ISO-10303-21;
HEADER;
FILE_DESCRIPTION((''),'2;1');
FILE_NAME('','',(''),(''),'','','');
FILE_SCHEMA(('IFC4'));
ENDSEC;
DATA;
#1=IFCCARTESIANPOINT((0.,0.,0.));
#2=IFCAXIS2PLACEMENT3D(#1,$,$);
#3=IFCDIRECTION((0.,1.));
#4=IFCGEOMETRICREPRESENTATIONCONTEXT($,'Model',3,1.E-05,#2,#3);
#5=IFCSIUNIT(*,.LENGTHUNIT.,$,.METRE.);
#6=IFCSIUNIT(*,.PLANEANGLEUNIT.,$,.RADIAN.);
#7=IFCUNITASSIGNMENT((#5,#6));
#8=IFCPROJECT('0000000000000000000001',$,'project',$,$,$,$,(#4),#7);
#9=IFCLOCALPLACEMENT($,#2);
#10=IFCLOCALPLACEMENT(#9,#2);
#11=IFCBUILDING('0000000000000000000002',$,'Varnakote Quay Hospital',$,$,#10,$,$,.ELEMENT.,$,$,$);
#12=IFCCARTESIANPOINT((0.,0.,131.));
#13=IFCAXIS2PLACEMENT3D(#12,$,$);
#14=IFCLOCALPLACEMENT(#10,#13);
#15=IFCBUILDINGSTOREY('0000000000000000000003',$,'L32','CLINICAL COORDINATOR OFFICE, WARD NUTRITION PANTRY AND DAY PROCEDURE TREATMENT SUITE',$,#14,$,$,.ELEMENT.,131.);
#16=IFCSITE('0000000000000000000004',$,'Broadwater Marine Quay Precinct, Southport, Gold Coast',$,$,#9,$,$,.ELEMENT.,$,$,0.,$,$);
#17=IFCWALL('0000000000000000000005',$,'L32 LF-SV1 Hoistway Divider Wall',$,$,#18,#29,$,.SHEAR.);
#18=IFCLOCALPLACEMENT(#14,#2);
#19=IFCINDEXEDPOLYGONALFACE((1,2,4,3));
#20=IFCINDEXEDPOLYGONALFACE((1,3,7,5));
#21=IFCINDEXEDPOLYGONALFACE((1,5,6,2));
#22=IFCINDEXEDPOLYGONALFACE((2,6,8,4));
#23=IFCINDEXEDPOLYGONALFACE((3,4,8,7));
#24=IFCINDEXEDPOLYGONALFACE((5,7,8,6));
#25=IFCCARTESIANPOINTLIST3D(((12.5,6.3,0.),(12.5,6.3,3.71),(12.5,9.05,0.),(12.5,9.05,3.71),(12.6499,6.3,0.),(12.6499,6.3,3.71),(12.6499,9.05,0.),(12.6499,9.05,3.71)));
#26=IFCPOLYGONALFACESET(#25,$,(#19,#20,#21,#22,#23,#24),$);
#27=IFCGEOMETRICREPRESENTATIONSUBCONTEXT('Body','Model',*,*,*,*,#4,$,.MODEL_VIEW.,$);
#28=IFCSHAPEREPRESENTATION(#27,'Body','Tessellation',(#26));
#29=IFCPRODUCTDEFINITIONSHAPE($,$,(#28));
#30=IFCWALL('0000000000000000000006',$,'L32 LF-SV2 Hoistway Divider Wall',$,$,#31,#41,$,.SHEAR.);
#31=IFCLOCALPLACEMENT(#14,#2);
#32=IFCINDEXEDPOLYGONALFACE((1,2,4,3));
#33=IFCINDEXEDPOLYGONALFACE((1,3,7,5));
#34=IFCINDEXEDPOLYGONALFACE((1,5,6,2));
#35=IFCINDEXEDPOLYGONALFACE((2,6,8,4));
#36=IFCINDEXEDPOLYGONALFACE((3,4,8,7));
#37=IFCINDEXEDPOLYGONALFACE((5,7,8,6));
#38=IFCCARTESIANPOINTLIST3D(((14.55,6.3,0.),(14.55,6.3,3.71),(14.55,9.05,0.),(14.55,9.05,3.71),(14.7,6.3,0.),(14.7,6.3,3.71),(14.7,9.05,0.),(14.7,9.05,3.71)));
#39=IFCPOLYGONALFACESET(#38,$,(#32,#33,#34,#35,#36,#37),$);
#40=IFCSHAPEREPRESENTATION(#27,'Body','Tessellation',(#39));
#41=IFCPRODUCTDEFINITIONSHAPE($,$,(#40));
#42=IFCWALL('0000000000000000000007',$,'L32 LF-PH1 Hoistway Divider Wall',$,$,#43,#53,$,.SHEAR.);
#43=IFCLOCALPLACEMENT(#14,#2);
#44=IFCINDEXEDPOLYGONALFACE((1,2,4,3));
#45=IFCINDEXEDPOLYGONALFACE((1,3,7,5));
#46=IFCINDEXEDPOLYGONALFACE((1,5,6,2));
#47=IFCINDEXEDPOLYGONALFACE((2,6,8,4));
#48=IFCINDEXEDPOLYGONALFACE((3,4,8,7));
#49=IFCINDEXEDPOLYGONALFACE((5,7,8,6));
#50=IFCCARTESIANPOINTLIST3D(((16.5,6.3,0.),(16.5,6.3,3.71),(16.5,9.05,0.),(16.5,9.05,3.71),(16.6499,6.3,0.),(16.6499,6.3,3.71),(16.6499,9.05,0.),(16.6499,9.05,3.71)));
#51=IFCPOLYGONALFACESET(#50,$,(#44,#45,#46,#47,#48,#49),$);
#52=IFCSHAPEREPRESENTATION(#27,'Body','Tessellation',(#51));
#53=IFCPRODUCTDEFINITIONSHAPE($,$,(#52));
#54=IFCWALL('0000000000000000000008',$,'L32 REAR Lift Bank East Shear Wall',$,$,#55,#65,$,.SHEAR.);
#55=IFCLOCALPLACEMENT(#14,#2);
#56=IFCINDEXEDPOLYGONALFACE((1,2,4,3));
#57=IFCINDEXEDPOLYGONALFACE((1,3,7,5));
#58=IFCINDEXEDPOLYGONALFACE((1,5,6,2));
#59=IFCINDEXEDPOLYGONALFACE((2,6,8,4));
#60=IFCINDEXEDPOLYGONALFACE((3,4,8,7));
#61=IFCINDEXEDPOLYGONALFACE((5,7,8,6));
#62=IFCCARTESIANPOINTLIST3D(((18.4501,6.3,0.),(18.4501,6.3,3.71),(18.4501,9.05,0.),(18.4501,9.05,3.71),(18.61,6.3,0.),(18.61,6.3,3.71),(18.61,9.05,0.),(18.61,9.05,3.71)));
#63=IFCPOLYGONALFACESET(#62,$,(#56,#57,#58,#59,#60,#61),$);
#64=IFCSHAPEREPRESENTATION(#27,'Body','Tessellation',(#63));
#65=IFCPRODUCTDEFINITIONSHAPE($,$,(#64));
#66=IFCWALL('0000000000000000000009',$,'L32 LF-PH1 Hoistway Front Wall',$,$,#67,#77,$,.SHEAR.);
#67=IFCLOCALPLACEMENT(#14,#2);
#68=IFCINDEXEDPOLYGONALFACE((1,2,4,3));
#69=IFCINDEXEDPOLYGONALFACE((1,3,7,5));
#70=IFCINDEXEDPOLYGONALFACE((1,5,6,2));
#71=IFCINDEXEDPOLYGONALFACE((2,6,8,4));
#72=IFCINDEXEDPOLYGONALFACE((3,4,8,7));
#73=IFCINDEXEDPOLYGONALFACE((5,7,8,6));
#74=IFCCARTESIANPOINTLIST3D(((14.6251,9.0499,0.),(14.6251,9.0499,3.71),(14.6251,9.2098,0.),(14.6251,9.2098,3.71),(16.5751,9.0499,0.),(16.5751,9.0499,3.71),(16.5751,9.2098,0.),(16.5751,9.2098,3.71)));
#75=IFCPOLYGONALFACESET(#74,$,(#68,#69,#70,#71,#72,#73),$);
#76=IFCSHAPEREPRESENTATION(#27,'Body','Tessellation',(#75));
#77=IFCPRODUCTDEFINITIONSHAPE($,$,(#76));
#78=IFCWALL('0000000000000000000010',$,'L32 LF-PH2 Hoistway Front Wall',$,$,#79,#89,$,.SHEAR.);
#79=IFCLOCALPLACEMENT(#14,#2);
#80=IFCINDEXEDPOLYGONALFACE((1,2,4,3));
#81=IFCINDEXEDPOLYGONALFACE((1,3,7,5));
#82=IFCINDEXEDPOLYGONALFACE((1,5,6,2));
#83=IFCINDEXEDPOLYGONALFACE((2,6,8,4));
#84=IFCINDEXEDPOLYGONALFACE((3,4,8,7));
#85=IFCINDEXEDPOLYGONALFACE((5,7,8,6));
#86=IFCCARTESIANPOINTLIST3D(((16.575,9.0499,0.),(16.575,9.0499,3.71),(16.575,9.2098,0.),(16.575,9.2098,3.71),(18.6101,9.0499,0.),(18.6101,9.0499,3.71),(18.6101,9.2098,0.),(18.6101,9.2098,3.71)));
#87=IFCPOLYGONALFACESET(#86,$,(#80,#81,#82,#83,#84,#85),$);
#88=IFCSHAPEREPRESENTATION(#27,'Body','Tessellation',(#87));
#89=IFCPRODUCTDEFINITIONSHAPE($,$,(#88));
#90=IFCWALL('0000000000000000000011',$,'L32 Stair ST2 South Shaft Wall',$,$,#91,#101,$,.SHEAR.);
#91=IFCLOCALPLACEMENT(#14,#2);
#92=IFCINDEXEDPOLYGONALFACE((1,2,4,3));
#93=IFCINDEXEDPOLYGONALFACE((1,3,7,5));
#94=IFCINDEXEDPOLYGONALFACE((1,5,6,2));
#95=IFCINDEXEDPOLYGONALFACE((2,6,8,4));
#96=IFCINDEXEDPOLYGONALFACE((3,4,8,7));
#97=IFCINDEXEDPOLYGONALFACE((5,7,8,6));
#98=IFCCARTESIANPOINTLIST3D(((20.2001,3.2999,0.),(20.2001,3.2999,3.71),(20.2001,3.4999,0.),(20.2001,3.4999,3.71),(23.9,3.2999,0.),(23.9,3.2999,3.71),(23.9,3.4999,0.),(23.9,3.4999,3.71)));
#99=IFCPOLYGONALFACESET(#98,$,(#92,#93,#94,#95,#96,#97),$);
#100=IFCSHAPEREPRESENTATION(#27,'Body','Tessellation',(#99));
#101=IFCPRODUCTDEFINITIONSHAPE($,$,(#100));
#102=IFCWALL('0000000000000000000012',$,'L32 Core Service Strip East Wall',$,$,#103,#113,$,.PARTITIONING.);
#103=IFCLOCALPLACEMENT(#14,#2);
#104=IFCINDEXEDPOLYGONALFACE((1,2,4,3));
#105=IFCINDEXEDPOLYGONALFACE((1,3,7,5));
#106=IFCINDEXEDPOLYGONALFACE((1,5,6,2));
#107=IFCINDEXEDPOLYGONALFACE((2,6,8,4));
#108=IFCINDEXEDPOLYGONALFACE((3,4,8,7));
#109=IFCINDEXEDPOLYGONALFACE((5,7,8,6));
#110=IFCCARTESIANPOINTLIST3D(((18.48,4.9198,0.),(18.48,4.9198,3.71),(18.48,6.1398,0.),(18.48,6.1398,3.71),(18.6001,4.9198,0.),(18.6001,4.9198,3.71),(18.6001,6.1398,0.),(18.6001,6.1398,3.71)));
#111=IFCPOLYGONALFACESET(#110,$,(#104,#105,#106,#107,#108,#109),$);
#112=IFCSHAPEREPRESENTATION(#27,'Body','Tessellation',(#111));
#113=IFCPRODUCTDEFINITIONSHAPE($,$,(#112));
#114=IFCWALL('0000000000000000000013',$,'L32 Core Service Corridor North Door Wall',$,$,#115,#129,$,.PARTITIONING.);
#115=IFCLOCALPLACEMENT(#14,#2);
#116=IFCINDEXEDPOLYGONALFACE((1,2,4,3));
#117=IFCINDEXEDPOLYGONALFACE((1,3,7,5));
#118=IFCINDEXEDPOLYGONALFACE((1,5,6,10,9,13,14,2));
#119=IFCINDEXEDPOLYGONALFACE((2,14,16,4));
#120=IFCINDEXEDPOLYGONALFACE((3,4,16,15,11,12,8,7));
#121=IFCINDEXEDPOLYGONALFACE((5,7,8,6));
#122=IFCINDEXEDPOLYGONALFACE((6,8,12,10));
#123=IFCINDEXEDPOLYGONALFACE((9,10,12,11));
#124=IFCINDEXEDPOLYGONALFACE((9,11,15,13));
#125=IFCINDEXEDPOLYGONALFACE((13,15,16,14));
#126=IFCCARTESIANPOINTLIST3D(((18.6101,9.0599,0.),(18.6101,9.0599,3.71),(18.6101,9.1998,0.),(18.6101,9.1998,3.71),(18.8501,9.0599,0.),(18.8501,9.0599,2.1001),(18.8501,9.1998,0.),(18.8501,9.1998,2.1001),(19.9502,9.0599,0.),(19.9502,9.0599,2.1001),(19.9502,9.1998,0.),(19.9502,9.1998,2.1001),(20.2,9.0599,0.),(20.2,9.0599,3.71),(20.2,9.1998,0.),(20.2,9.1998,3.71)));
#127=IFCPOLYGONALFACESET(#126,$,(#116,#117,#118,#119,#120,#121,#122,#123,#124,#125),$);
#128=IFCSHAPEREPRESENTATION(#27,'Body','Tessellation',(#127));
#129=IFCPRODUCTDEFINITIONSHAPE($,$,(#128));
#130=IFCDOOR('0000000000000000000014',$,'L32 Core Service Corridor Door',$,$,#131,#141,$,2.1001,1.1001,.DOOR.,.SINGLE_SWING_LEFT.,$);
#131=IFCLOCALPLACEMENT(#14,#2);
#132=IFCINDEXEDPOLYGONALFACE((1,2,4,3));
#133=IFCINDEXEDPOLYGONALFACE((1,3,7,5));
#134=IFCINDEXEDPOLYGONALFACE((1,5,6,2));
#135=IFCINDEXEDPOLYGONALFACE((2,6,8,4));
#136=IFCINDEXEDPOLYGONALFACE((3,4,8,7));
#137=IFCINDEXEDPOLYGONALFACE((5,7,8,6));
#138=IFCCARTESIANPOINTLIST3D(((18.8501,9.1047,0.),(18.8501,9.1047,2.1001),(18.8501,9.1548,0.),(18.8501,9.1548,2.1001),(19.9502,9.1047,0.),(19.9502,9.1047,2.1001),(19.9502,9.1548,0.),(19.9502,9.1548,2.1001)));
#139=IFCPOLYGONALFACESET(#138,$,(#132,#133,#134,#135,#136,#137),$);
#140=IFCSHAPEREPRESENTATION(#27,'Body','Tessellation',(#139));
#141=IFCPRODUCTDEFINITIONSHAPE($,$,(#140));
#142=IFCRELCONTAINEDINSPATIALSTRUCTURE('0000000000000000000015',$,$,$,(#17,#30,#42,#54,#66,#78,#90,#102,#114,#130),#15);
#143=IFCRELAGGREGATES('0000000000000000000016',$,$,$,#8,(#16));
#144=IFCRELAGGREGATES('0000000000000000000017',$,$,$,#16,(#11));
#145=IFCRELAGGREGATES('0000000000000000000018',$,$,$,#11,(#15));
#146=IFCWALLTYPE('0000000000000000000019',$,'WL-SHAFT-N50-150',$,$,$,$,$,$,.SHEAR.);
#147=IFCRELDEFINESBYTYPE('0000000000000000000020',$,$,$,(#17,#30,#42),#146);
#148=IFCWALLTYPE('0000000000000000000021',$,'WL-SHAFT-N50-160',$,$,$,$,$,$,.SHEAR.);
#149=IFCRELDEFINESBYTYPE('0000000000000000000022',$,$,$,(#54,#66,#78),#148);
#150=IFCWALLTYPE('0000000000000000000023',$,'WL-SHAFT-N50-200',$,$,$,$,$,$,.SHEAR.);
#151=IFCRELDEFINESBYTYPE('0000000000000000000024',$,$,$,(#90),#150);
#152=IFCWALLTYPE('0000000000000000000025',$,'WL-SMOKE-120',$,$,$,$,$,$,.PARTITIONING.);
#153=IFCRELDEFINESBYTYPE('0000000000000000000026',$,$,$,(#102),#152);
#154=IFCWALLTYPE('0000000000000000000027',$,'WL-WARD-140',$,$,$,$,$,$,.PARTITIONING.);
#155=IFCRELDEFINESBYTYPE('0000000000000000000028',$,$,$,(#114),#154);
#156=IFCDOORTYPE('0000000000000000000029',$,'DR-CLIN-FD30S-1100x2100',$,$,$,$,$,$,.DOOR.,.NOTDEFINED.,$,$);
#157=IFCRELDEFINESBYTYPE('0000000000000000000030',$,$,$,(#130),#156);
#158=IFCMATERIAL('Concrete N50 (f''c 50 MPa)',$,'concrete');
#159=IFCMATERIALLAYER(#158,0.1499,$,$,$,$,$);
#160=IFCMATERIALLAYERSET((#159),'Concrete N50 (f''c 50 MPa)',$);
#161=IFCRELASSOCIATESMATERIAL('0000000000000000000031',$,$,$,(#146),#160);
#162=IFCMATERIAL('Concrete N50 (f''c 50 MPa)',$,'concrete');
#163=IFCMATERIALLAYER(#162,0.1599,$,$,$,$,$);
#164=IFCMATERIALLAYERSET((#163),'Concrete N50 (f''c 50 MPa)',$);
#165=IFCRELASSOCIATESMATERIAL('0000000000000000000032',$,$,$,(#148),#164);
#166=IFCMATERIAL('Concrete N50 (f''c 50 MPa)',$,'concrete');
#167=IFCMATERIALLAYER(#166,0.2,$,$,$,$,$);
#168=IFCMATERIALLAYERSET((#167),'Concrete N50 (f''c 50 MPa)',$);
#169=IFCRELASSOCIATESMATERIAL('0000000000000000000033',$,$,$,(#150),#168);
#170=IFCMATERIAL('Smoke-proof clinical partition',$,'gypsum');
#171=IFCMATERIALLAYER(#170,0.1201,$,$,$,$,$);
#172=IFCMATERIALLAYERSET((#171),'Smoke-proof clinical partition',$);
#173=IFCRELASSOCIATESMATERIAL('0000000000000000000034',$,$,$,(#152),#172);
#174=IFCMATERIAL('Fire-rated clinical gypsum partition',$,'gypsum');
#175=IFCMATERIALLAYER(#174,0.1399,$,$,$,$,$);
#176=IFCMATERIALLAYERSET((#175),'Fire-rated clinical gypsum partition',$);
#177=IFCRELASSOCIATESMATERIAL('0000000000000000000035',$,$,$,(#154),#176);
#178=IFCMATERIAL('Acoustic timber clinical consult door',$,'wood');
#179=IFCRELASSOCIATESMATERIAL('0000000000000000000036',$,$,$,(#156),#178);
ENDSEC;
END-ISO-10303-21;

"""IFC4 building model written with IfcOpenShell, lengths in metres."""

from ifc_helpers import new_model, si_unit, direction, frame, frame_2d, origin, place, context, subcontext, project, spatial, rectangle, extrude, material, layer, layer_set, type_object, element, fill, save


model = new_model("IFC4")

# Units and contexts
model_context = context("Model", 3, precision=1e-05, world=origin(), true_north=direction((0.0, 1.0)))
body_context = subcontext(model_context, "Body", "Model", "MODEL_VIEW")
ifc_project = project(units=[si_unit("LENGTHUNIT", "METRE"), si_unit("PLANEANGLEUNIT", "RADIAN")], contexts=[model_context])

# Site, building, storey
site_placement = place(None, origin())
site = spatial("IfcSite", under=ifc_project, at=site_placement, Name="Broadwater Marine Quay Precinct, Southport, Gold Coast", CompositionType="ELEMENT", RefElevation=0.0)
building_placement = place(site_placement, origin())
building = spatial("IfcBuilding", under=site, at=building_placement, Name="Varnakote Quay Hospital", CompositionType="ELEMENT")
storey_placement = place(building_placement, frame((0.0, 0.0, 131.0)))
storey = spatial("IfcBuildingStorey", under=building, at=storey_placement, Name="L32", Description="CLINICAL COORDINATOR OFFICE, WARD NUTRITION PANTRY AND DAY PROCEDURE TREATMENT SUITE", CompositionType="ELEMENT", Elevation=131.0)

# Walls
ifc_material_1 = material(Name="Concrete N50 (f'c 50 MPa)", Category="concrete")
ifc_layer_1 = layer(ifc_material_1, 0.1499)
ifc_layer_set_1 = layer_set([ifc_layer_1], Name="Concrete N50 (f'c 50 MPa)")
wall_type_1 = type_object("IfcWallType", Name="WL-SHAFT-N50-150", PredefinedType="SHEAR", material=ifc_layer_set_1)
for number, where, z_axis, x_axis, name in (
    (1, (12.575, 6.3, 0.0), (0.0, 0.0, 1.0), (0.0, 1.0, 0.0), "L32 LF-SV1 Hoistway Divider Wall"),
    (2, (14.625, 6.3, 0.0), (0.0, 0.0, 1.0), (0.0, 1.0, 0.0), "L32 LF-SV2 Hoistway Divider Wall"),
    (3, (16.575, 6.3, 0.0), (0.0, 0.0, 1.0), (0.0, 1.0, 0.0), "L32 LF-PH1 Hoistway Divider Wall"),
):
    element("IfcWall", number, at=place(storey_placement, frame(where, z_axis=z_axis, x_axis=x_axis)), inside=storey, type_object=wall_type_1, Name=name, PredefinedType="SHEAR", context=body_context, shape_type="SweptSolid", body=[
        extrude(rectangle(XDim=2.75, YDim=0.1499, at=frame_2d((1.375, 0.0))), origin(), (0.0, 0.0, 1.0), 3.71),
    ])
ifc_material_2 = material(Name="Concrete N50 (f'c 50 MPa)", Category="concrete")
ifc_layer_2 = layer(ifc_material_2, 0.1599)
ifc_layer_set_2 = layer_set([ifc_layer_2], Name="Concrete N50 (f'c 50 MPa)")
wall_type_2 = type_object("IfcWallType", Name="WL-SHAFT-N50-160", PredefinedType="SHEAR", material=ifc_layer_set_2)
wall_1_placement = place(storey_placement, frame((18.53, 6.3, 0.0), z_axis=(0.0, 0.0, 1.0), x_axis=(0.0, 1.0, 0.0)))
element("IfcWall", 4, at=wall_1_placement, inside=storey, type_object=wall_type_2, Name="L32 REAR Lift Bank East Shear Wall", PredefinedType="SHEAR", context=body_context, shape_type="SweptSolid", body=[
    extrude(rectangle(XDim=2.75, YDim=0.1599, at=frame_2d((1.375, 0.0))), origin(), (0.0, 0.0, 1.0), 3.71),
])

# Walls
wall_2_placement = place(storey_placement, frame((14.625, 9.1299, 0.0), z_axis=(0.0, 0.0, 1.0), x_axis=(1.0, 0.0, 0.0)))
element("IfcWall", 5, at=wall_2_placement, inside=storey, type_object=wall_type_2, Name="L32 LF-PH1 Hoistway Front Wall", PredefinedType="SHEAR", context=body_context, shape_type="SweptSolid", body=[
    extrude(rectangle(XDim=1.95, YDim=0.1599, at=frame_2d((0.9751, 0.0))), origin(), (0.0, 0.0, 1.0), 3.71),
])
wall_3_placement = place(storey_placement, frame((16.575, 9.1299, 0.0), z_axis=(0.0, 0.0, 1.0), x_axis=(1.0, 0.0, 0.0)))
element("IfcWall", 6, at=wall_3_placement, inside=storey, type_object=wall_type_2, Name="L32 LF-PH2 Hoistway Front Wall", PredefinedType="SHEAR", context=body_context, shape_type="SweptSolid", body=[
    extrude(rectangle(XDim=2.0352, YDim=0.1599, at=frame_2d((1.0176, 0.0))), origin(), (0.0, 0.0, 1.0), 3.71),
])
ifc_material_3 = material(Name="Concrete N50 (f'c 50 MPa)", Category="concrete")
ifc_layer_3 = layer(ifc_material_3, 0.2)
ifc_layer_set_3 = layer_set([ifc_layer_3], Name="Concrete N50 (f'c 50 MPa)")
wall_type_3 = type_object("IfcWallType", Name="WL-SHAFT-N50-200", PredefinedType="SHEAR", material=ifc_layer_set_3)
wall_4_placement = place(storey_placement, frame((20.2, 3.3999, 0.0), z_axis=(0.0, 0.0, 1.0), x_axis=(1.0, 0.0, 0.0)))
element("IfcWall", 7, at=wall_4_placement, inside=storey, type_object=wall_type_3, Name="L32 Stair ST2 South Shaft Wall", PredefinedType="SHEAR", context=body_context, shape_type="SweptSolid", body=[
    extrude(rectangle(XDim=3.7, YDim=0.2, at=frame_2d((1.8501, 0.0))), origin(), (0.0, 0.0, 1.0), 3.71),
])

# Wall
ifc_material_4 = material(Name="Smoke-proof clinical partition", Category="gypsum")
ifc_layer_4 = layer(ifc_material_4, 0.1201)
ifc_layer_set_4 = layer_set([ifc_layer_4], Name="Smoke-proof clinical partition")
wall_type_4 = type_object("IfcWallType", Name="WL-SMOKE-120", PredefinedType="PARTITIONING", material=ifc_layer_set_4)
wall_5_placement = place(storey_placement, frame((18.54, 4.9199, 0.0), z_axis=(0.0, 0.0, 1.0), x_axis=(0.0, 1.0, 0.0)))
element("IfcWall", 8, at=wall_5_placement, inside=storey, type_object=wall_type_4, Name="L32 Core Service Strip East Wall", PredefinedType="PARTITIONING", context=body_context, shape_type="SweptSolid", body=[
    extrude(rectangle(XDim=1.22, YDim=0.1201, at=frame_2d((0.6099, 0.0))), origin(), (0.0, 0.0, 1.0), 3.71),
])

# Wall, opening, door
ifc_material_5 = material(Name="Fire-rated clinical gypsum partition", Category="gypsum")
ifc_layer_5 = layer(ifc_material_5, 0.1399)
ifc_layer_set_5 = layer_set([ifc_layer_5], Name="Fire-rated clinical gypsum partition")
wall_type_5 = type_object("IfcWallType", Name="WL-WARD-140", PredefinedType="PARTITIONING", material=ifc_layer_set_5)
wall_6_placement = place(storey_placement, frame((18.6101, 9.1299, 0.0), z_axis=(0.0, 0.0, 1.0), x_axis=(1.0, 0.0, 0.0)))
wall_6 = element("IfcWall", 9, at=wall_6_placement, inside=storey, type_object=wall_type_5, Name="L32 Core Service Corridor North Door Wall", PredefinedType="PARTITIONING", context=body_context, shape_type="SweptSolid", body=[
    extrude(rectangle(XDim=1.5898, YDim=0.1399, at=frame_2d((0.7949, 0.0))), origin(), (0.0, 0.0, 1.0), 3.71),
])
opening_1_placement = place(wall_6_placement, frame((0.24, 0.0, 0.0)))
opening_1 = element("IfcOpeningElement", 10, at=opening_1_placement, cuts=wall_6, PredefinedType="OPENING", context=body_context, shape_type="SweptSolid", body=[
    extrude(rectangle(XDim=1.1001, YDim=2.1001, at=frame_2d((0.55, 1.05))), frame((0.0, 0.0798, 0.0), z_axis=(0.0, -1.0, 0.0), x_axis=(1.0, 0.0, 0.0)), (0.0, 0.0, 1.0), 0.1599),
])
ifc_material_6 = material(Name="Acoustic timber clinical consult door", Category="wood")
door_type_1 = type_object("IfcDoorType", Name="DR-CLIN-FD30S-1100x2100", OperationType="NOTDEFINED", PredefinedType="DOOR", material=ifc_material_6)
door_1_placement = place(opening_1_placement, origin())
door_1 = element("IfcDoor", 11, at=door_1_placement, inside=storey, type_object=door_type_1, Name="L32 Core Service Corridor Door", OperationType="SINGLE_SWING_LEFT", OverallHeight=2.1001, OverallWidth=1.1001, PredefinedType="DOOR", context=body_context, shape_type="SweptSolid", body=[
    extrude(rectangle(XDim=1.1001, YDim=2.1001, at=frame_2d((0.55, 1.05))), frame((0.0, 0.0249, 0.0), z_axis=(0.0, -1.0, 0.0), x_axis=(1.0, 0.0, 0.0)), (0.0, 0.0, 1.0), 0.05),
])
fill(opening_1, door_1)

save(model, "model.ifc")
